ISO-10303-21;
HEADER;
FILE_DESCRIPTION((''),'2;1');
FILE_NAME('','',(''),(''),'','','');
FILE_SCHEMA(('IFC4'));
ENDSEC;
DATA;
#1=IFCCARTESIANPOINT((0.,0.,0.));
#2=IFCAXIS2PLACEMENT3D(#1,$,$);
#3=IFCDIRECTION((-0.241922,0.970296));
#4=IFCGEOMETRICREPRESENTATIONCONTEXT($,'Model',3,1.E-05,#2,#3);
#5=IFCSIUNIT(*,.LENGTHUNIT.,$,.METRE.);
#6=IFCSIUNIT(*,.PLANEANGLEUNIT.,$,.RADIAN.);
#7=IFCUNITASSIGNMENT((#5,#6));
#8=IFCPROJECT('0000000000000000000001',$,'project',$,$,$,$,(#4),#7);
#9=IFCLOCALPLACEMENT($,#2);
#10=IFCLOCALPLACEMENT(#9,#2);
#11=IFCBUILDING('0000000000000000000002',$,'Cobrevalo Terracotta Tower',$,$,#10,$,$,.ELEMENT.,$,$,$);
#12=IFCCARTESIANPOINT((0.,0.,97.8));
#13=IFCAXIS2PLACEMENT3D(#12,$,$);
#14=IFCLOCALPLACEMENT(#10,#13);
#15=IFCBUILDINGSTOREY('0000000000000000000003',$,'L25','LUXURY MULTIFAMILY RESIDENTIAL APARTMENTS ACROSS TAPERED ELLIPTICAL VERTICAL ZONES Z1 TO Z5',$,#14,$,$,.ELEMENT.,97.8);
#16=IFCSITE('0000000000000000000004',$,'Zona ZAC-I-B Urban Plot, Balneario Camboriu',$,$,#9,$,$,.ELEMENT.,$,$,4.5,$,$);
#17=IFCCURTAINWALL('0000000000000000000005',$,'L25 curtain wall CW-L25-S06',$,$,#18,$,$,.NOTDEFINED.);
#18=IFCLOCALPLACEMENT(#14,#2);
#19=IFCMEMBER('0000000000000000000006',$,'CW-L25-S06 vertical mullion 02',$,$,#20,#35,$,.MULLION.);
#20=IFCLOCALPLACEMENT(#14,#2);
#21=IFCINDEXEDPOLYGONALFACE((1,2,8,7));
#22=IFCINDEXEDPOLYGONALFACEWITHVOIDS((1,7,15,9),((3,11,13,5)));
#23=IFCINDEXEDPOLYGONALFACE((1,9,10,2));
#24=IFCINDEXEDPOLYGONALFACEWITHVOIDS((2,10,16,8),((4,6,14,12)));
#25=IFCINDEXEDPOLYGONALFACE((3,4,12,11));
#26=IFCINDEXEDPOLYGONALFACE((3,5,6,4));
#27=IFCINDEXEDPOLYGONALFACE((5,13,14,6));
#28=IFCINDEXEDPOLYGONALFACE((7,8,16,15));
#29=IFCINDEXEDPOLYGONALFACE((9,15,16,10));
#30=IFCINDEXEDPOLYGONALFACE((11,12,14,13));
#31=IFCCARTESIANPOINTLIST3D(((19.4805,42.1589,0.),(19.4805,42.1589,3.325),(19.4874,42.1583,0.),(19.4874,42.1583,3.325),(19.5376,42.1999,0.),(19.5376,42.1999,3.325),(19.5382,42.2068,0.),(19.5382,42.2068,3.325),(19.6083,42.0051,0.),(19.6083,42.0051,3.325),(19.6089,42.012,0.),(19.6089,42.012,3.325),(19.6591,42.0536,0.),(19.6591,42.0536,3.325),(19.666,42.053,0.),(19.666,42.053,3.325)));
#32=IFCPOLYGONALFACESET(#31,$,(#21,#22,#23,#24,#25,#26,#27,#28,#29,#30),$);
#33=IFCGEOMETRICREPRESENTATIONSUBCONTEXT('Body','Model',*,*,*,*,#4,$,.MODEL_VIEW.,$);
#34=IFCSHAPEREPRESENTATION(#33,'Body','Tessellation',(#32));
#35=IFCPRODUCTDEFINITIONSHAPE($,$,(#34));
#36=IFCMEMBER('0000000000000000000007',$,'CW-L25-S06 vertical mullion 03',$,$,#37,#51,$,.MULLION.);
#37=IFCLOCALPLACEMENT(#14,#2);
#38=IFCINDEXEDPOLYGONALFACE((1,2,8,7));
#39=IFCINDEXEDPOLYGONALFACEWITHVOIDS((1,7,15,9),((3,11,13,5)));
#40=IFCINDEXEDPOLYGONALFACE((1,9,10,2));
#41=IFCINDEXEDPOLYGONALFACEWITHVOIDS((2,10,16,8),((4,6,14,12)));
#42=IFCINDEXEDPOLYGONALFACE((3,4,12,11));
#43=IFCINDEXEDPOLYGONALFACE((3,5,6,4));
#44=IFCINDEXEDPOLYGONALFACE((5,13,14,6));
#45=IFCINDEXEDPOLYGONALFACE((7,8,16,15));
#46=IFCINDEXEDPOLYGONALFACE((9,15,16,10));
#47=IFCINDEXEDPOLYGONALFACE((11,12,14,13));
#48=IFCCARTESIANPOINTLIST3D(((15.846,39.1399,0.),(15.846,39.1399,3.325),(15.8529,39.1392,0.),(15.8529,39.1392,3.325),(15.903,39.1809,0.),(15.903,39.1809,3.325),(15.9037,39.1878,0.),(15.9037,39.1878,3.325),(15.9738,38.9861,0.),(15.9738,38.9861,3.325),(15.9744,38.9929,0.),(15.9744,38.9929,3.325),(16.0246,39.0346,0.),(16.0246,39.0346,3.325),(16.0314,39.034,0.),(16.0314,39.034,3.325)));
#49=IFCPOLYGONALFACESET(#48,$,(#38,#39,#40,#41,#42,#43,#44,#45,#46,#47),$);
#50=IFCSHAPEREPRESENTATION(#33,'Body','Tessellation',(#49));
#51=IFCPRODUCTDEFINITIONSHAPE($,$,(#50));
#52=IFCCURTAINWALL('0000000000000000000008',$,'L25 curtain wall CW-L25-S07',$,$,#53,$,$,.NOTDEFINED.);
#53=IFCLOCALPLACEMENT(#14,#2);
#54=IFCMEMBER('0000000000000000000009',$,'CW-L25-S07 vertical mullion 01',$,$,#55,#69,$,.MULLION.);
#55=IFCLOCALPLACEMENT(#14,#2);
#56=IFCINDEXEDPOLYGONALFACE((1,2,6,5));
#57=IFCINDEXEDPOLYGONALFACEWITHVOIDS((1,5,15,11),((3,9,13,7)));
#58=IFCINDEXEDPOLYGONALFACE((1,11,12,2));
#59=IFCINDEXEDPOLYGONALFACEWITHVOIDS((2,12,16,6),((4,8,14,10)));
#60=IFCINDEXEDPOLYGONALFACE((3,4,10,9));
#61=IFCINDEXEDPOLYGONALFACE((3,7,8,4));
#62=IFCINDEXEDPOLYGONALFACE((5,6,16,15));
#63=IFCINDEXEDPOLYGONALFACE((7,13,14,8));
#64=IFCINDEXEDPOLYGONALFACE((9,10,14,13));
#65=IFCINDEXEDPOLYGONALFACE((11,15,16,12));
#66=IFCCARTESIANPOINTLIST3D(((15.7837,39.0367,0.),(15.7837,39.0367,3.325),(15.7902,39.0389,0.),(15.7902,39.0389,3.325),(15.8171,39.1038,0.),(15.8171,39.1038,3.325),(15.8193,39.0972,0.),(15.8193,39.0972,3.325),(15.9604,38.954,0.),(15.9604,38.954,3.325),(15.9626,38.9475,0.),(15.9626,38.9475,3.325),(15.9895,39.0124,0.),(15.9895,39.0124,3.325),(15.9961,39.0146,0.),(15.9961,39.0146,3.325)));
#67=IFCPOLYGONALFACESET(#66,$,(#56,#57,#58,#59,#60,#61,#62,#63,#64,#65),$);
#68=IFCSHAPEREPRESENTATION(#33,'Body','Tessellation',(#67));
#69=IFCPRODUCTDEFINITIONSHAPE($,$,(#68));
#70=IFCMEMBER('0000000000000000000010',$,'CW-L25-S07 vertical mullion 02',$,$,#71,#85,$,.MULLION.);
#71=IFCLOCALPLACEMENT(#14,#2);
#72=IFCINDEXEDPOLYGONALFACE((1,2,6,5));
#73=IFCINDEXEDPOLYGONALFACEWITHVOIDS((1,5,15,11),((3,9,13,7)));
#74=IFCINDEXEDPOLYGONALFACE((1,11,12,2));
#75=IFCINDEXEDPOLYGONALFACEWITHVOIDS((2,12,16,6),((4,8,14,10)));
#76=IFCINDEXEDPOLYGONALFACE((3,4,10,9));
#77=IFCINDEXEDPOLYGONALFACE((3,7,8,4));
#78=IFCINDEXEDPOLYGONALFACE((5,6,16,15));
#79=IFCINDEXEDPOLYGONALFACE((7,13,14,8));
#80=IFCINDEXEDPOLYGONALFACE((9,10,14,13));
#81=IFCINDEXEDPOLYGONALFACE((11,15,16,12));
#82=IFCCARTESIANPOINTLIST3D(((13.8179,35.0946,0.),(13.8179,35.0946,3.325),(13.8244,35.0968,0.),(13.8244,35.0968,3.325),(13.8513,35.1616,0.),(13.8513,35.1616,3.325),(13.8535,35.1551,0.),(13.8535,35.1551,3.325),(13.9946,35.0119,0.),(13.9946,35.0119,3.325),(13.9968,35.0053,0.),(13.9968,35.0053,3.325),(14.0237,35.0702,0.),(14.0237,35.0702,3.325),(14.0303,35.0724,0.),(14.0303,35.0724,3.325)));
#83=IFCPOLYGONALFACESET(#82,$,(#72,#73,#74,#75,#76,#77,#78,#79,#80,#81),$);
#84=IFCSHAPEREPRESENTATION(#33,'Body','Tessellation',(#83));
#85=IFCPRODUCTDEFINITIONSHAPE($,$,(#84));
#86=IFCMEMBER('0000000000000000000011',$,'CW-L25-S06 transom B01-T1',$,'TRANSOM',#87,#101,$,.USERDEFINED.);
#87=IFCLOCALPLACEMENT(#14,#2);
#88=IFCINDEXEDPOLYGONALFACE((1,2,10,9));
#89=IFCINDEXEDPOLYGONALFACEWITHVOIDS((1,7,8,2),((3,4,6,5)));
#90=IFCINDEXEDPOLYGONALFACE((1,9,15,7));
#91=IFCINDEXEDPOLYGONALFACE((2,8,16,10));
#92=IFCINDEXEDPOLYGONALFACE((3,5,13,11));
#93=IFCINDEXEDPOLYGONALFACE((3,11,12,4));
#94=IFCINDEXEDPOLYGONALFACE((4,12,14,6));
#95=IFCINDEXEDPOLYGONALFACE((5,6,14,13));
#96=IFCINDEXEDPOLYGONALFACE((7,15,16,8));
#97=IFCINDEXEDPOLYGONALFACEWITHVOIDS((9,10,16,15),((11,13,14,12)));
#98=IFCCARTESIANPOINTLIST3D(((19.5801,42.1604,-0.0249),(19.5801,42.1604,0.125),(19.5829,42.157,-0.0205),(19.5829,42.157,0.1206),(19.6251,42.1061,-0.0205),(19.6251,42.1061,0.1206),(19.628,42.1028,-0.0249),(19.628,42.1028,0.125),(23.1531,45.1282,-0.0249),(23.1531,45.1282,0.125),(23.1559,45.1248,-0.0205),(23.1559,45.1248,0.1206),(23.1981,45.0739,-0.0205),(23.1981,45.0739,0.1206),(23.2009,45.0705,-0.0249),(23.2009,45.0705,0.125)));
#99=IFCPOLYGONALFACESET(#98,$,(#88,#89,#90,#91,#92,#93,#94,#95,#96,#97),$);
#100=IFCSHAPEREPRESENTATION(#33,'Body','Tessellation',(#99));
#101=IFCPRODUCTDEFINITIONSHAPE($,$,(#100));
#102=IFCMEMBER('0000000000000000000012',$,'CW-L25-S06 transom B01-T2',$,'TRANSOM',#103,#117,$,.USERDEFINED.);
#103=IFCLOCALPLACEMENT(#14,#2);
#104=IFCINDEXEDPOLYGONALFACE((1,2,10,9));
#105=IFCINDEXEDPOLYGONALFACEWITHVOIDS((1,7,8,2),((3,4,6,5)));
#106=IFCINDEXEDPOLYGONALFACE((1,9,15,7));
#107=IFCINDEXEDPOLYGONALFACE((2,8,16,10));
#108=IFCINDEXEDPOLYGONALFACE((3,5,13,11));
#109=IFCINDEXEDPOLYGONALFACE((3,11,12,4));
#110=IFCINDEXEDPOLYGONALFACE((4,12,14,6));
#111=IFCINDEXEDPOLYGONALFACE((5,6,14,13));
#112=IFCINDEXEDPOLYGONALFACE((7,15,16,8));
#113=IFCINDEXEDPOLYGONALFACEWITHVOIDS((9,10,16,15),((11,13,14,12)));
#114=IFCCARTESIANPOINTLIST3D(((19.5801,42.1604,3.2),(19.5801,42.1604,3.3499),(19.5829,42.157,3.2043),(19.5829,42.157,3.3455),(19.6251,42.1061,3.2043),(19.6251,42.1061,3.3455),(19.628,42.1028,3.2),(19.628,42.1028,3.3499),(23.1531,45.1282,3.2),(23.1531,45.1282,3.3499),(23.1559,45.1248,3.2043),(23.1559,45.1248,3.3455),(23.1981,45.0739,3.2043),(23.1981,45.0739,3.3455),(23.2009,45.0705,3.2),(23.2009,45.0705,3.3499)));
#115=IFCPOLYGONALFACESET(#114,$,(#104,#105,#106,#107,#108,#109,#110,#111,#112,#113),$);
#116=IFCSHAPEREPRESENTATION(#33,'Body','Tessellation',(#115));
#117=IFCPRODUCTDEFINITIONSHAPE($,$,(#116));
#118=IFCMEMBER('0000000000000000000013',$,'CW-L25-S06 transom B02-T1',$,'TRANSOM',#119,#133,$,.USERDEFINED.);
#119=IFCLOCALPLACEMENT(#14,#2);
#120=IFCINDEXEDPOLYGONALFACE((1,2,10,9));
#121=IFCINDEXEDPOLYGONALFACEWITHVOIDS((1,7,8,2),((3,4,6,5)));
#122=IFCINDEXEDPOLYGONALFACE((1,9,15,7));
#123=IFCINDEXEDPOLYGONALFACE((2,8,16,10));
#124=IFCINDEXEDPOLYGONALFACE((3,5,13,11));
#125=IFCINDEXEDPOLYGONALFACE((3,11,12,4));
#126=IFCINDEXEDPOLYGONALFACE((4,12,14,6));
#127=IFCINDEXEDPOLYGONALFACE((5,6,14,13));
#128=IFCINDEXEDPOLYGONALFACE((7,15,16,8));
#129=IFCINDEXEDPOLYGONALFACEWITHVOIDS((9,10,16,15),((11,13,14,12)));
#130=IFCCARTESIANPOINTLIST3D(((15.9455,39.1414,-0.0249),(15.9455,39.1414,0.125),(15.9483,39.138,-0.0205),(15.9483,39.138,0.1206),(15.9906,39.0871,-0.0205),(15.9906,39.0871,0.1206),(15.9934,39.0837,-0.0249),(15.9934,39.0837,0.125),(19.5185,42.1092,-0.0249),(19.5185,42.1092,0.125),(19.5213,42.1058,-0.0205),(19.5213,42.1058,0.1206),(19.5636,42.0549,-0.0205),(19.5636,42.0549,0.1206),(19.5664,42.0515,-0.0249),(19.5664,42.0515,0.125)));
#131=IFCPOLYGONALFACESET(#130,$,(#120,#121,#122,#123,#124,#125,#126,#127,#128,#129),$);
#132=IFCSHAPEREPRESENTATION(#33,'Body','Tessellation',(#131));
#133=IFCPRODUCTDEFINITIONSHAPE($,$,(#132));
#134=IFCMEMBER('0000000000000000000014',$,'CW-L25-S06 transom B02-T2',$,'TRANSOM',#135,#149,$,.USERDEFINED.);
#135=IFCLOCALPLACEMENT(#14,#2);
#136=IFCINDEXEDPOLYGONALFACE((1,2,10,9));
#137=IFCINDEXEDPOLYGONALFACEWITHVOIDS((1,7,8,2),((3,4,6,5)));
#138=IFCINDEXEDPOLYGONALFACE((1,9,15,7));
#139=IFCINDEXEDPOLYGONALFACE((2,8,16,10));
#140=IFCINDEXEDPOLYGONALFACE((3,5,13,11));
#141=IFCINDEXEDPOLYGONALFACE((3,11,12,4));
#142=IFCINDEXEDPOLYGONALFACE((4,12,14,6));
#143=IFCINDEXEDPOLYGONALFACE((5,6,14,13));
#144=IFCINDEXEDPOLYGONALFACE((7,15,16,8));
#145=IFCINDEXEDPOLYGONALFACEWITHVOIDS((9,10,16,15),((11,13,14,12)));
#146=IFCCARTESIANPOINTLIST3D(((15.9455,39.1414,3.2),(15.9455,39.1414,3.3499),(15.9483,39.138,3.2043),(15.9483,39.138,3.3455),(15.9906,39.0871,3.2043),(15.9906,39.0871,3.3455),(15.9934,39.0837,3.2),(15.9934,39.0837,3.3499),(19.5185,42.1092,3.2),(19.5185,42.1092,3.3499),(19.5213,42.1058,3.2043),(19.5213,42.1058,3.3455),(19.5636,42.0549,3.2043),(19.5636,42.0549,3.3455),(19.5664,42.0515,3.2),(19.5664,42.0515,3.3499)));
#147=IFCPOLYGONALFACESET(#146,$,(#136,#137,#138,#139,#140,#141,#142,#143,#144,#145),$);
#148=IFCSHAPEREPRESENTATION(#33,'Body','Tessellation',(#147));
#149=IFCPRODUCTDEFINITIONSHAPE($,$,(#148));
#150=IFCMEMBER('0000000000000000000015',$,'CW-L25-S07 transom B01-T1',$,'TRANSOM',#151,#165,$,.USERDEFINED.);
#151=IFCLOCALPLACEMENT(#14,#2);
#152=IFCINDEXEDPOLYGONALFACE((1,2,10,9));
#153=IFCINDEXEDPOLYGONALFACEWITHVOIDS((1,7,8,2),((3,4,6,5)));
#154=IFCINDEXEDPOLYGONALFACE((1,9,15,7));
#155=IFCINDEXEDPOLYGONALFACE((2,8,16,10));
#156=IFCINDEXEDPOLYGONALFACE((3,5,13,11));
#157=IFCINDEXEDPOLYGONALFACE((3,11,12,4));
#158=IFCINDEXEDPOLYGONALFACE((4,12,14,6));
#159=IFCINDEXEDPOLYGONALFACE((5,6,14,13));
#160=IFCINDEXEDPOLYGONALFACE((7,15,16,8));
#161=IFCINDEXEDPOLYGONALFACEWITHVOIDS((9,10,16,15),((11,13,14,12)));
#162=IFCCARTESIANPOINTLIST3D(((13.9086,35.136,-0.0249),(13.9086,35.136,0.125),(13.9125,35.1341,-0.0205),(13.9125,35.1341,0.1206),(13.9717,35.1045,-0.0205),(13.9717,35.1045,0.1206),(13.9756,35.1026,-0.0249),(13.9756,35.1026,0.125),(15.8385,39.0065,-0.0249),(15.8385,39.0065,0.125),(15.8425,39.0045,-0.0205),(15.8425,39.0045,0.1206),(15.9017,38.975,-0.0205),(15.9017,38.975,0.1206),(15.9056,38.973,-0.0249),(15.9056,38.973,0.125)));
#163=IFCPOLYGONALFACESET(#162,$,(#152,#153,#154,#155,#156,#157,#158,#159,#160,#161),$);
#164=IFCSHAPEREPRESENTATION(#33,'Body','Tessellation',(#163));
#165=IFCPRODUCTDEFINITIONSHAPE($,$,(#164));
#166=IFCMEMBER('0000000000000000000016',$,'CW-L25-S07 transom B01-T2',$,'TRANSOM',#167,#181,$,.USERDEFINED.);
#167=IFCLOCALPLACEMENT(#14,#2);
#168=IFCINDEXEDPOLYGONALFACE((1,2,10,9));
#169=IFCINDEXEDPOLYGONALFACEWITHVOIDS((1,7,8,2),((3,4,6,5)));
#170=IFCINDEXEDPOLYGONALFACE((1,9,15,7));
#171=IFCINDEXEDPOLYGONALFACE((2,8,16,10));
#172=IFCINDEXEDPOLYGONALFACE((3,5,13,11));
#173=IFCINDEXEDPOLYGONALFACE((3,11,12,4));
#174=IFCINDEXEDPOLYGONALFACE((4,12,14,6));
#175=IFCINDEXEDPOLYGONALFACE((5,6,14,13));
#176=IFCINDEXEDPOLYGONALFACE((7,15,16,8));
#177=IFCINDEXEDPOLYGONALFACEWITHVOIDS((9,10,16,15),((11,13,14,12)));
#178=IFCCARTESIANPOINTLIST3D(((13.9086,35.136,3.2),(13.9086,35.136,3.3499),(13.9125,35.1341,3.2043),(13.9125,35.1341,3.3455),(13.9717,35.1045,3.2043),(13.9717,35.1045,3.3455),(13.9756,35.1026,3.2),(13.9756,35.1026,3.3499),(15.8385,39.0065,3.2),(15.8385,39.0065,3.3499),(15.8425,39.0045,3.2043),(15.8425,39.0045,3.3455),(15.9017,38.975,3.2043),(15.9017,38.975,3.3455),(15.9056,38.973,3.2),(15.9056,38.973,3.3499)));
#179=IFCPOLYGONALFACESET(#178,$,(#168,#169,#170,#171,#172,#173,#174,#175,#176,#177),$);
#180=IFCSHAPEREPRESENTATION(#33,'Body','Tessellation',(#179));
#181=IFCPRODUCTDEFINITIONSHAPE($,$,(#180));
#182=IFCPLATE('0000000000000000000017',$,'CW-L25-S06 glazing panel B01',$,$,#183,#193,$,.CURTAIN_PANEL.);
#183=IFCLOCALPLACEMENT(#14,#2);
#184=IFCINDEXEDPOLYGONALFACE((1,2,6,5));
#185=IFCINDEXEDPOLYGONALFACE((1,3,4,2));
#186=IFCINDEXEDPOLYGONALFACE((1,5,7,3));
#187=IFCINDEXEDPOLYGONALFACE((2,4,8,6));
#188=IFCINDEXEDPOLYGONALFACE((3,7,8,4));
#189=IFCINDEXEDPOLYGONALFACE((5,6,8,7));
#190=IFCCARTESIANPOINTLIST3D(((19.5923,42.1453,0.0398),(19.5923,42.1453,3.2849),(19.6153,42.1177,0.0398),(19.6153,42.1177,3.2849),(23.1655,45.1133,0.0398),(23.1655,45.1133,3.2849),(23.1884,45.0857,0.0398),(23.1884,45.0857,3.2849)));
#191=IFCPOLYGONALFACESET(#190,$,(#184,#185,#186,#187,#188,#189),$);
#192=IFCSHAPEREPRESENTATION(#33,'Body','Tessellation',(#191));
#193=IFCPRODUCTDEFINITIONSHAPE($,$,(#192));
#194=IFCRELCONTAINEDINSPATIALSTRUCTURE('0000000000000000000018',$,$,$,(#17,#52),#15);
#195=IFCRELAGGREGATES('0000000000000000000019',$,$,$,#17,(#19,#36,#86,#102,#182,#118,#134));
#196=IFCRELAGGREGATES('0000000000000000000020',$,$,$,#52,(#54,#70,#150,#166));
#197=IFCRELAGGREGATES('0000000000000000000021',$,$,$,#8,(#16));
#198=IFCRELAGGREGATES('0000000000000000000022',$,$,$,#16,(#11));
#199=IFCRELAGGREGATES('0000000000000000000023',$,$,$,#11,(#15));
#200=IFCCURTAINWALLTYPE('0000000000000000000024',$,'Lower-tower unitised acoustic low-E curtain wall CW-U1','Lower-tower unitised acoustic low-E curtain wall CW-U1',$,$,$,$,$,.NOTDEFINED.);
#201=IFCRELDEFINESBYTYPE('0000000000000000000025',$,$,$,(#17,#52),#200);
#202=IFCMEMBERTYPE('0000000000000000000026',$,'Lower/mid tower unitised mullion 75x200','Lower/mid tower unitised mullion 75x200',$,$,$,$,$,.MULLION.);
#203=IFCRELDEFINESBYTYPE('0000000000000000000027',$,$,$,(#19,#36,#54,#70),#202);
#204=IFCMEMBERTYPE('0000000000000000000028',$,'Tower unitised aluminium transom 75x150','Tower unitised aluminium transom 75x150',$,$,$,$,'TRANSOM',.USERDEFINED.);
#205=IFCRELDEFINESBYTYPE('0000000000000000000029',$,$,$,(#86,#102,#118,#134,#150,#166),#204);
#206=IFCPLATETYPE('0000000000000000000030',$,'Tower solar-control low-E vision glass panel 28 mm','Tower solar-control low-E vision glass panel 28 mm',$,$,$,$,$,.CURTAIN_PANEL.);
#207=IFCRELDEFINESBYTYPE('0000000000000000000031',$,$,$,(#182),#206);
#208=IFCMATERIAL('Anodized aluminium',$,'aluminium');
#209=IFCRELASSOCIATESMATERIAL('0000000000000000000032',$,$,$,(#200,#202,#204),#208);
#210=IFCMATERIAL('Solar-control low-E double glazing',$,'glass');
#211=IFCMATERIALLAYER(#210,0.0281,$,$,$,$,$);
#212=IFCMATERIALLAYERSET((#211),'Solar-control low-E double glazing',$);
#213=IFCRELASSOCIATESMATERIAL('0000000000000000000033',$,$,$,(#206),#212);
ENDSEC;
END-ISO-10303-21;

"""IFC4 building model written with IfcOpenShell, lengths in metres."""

from ifc_helpers import new_model, si_unit, direction, frame, origin, origin_2d, place, context, subcontext, project, spatial, rectangle, hollow_rectangle, extrude, source, transform, mapped, material, layer, layer_set, material_profile, profile_set, type_object, element, aggregate, save


model = new_model("IFC4")

# Units and contexts
model_context = context("Model", 3, precision=1e-05, world=origin(), true_north=direction((-0.241922, 0.970296)))
body_context = subcontext(model_context, "Body", "Model", "MODEL_VIEW")
ifc_project = project(units=[si_unit("LENGTHUNIT", "METRE"), si_unit("PLANEANGLEUNIT", "RADIAN")], contexts=[model_context])

# Site, building, storey
site_placement = place(None, origin())
site = spatial("IfcSite", under=ifc_project, at=site_placement, Name="Zona ZAC-I-B Urban Plot, Balneario Camboriu", CompositionType="ELEMENT", RefElevation=4.5)
building_placement = place(site_placement, origin())
building = spatial("IfcBuilding", under=site, at=building_placement, Name="Cobrevalo Terracotta Tower", CompositionType="ELEMENT")
storey_placement = place(building_placement, frame((0.0, 0.0, 97.8)))
storey = spatial("IfcBuildingStorey", under=building, at=storey_placement, Name="L25", Description="LUXURY MULTIFAMILY RESIDENTIAL APARTMENTS ACROSS TAPERED ELLIPTICAL VERTICAL ZONES Z1 TO Z5", CompositionType="ELEMENT", Elevation=97.8)

# Shared definitions
ifc_material_1 = material(Name="Anodized aluminium", Category="aluminium")
curtain_wall_type = type_object("IfcCurtainWallType", Name="Lower-tower unitised acoustic low-E curtain wall CW-U1", Description="Lower-tower unitised acoustic low-E curtain wall CW-U1", PredefinedType="NOTDEFINED", material=ifc_material_1)
ifc_material_profile_1 = material_profile(ifc_material_1, hollow_rectangle(XDim=0.075, YDim=0.2, WallThickness=0.0049, at=origin_2d()), Name="CWM 75x200")
ifc_profile_set_1 = profile_set([ifc_material_profile_1], Name="Anodized aluminium")
member_type_1 = type_object("IfcMemberType", Name="Lower/mid tower unitised mullion 75x200", Description="Lower/mid tower unitised mullion 75x200", PredefinedType="MULLION", material=ifc_profile_set_1)
shared_shape_1 = source(origin(), body_context, "Body", "SweptSolid", [
    extrude(hollow_rectangle(XDim=0.075, YDim=0.2, WallThickness=0.0049, at=origin_2d()), origin(), (0.0, 0.0, 1.0), 3.325),
])

# Curtain walls, members
curtain_wall_1_placement = place(storey_placement, origin())
curtain_wall_1 = element("IfcCurtainWall", 1, at=curtain_wall_1_placement, inside=storey, type_object=curtain_wall_type, Name="L25 curtain wall CW-L25-S06", PredefinedType="NOTDEFINED")
member_1_placement = place(storey_placement, frame((19.5732, 42.106, 0.0), z_axis=(0.0, 0.0, 1.0), x_axis=(-0.769243, -0.638956, 0.0)))
member_1 = element("IfcMember", 2, at=member_1_placement, type_object=member_type_1, Name="CW-L25-S06 vertical mullion 02", PredefinedType="MULLION", context=body_context, shape_type="MappedRepresentation", body=[
    mapped(shared_shape_1, transform((0.0, 0.0, 0.0), scale=1.0)),
])
member_2_placement = place(storey_placement, frame((15.9387, 39.0869, 0.0), z_axis=(0.0, 0.0, 1.0), x_axis=(-0.769243, -0.638956, 0.0)))
member_2 = element("IfcMember", 3, at=member_2_placement, type_object=member_type_1, Name="CW-L25-S06 vertical mullion 03", PredefinedType="MULLION", context=body_context, shape_type="MappedRepresentation", body=[
    mapped(shared_shape_1, transform((0.0, 0.0, 0.0), scale=1.0)),
])
curtain_wall_2_placement = place(storey_placement, origin())
curtain_wall_2 = element("IfcCurtainWall", 4, at=curtain_wall_2_placement, inside=storey, type_object=curtain_wall_type, Name="L25 curtain wall CW-L25-S07", PredefinedType="NOTDEFINED")
member_3_placement = place(storey_placement, frame((15.8899, 39.0256, 0.0), z_axis=(0.0, 0.0, 1.0), x_axis=(-0.44626, -0.894903, 0.0)))
member_3 = element("IfcMember", 5, at=member_3_placement, type_object=member_type_1, Name="CW-L25-S07 vertical mullion 01", PredefinedType="MULLION", context=body_context, shape_type="MappedRepresentation", body=[
    mapped(shared_shape_1, transform((0.0, 0.0, 0.0), scale=1.0)),
])
member_4_placement = place(storey_placement, frame((13.9241, 35.0835, 0.0), z_axis=(0.0, 0.0, 1.0), x_axis=(-0.44626, -0.894903, 0.0)))
member_4 = element("IfcMember", 6, at=member_4_placement, type_object=member_type_1, Name="CW-L25-S07 vertical mullion 02", PredefinedType="MULLION", context=body_context, shape_type="MappedRepresentation", body=[
    mapped(shared_shape_1, transform((0.0, 0.0, 0.0), scale=1.0)),
])

# Members
ifc_material_profile_2 = material_profile(ifc_material_1, hollow_rectangle(XDim=0.075, YDim=0.1499, WallThickness=0.0044, at=origin_2d()), Name="CWT 75x150")
ifc_profile_set_2 = profile_set([ifc_material_profile_2], Name="Anodized aluminium")
member_type_2 = type_object("IfcMemberType", Name="Tower unitised aluminium transom 75x150", Description="Tower unitised aluminium transom 75x150", ElementType="TRANSOM", PredefinedType="USERDEFINED", material=ifc_profile_set_2)
shared_shape_2 = source(origin(), body_context, "Body", "SweptSolid", [
    extrude(hollow_rectangle(XDim=0.075, YDim=0.1499, WallThickness=0.0044, at=origin_2d()), origin(), (0.0, 0.0, 1.0), 4.6448),
])
member_5_placement = place(storey_placement, frame((23.177, 45.0994, 0.05), z_axis=(-0.76925, -0.638948, 0.0), x_axis=(0.638948, -0.76925, 0.0)))
member_5 = element("IfcMember", 7, at=member_5_placement, type_object=member_type_2, Name="CW-L25-S06 transom B01-T1", ObjectType="TRANSOM", PredefinedType="USERDEFINED", context=body_context, shape_type="MappedRepresentation", body=[
    mapped(shared_shape_2, transform((0.0, 0.0, 0.0), scale=1.0)),
])
member_6_placement = place(storey_placement, frame((23.177, 45.0994, 3.2749), z_axis=(-0.76925, -0.638948, 0.0), x_axis=(0.638948, -0.76925, 0.0)))
member_6 = element("IfcMember", 8, at=member_6_placement, type_object=member_type_2, Name="CW-L25-S06 transom B01-T2", ObjectType="TRANSOM", PredefinedType="USERDEFINED", context=body_context, shape_type="MappedRepresentation", body=[
    mapped(shared_shape_2, transform((0.0, 0.0, 0.0), scale=1.0)),
])
member_7_placement = place(storey_placement, frame((19.5425, 42.0803, 0.05), z_axis=(-0.76925, -0.638948, 0.0), x_axis=(0.638948, -0.76925, 0.0)))
member_7 = element("IfcMember", 9, at=member_7_placement, type_object=member_type_2, Name="CW-L25-S06 transom B02-T1", ObjectType="TRANSOM", PredefinedType="USERDEFINED", context=body_context, shape_type="MappedRepresentation", body=[
    mapped(shared_shape_2, transform((0.0, 0.0, 0.0), scale=1.0)),
])
member_8_placement = place(storey_placement, frame((19.5425, 42.0803, 3.2749), z_axis=(-0.76925, -0.638948, 0.0), x_axis=(0.638948, -0.76925, 0.0)))
member_8 = element("IfcMember", 10, at=member_8_placement, type_object=member_type_2, Name="CW-L25-S06 transom B02-T2", ObjectType="TRANSOM", PredefinedType="USERDEFINED", context=body_context, shape_type="MappedRepresentation", body=[
    mapped(shared_shape_2, transform((0.0, 0.0, 0.0), scale=1.0)),
])
shared_shape_3 = source(origin(), body_context, "Body", "SweptSolid", [
    extrude(hollow_rectangle(XDim=0.075, YDim=0.1499, WallThickness=0.0044, at=origin_2d()), origin(), (0.0, 0.0, 1.0), 4.325),
])
member_9_placement = place(storey_placement, frame((15.8721, 38.9897, 0.05), z_axis=(-0.446242, -0.894912, 0.0), x_axis=(0.894912, -0.446242, 0.0)))
member_9 = element("IfcMember", 11, at=member_9_placement, type_object=member_type_2, Name="CW-L25-S07 transom B01-T1", ObjectType="TRANSOM", PredefinedType="USERDEFINED", context=body_context, shape_type="MappedRepresentation", body=[
    mapped(shared_shape_3, transform((0.0, 0.0, 0.0), scale=1.0)),
])
member_10_placement = place(storey_placement, frame((15.8721, 38.9897, 3.2749), z_axis=(-0.446242, -0.894912, 0.0), x_axis=(0.894912, -0.446242, 0.0)))
member_10 = element("IfcMember", 12, at=member_10_placement, type_object=member_type_2, Name="CW-L25-S07 transom B01-T2", ObjectType="TRANSOM", PredefinedType="USERDEFINED", context=body_context, shape_type="MappedRepresentation", body=[
    mapped(shared_shape_3, transform((0.0, 0.0, 0.0), scale=1.0)),
])

# Plate
ifc_material_2 = material(Name="Solar-control low-E double glazing", Category="glass")
ifc_layer_1 = layer(ifc_material_2, 0.0281)
ifc_layer_set_1 = layer_set([ifc_layer_1], Name="Solar-control low-E double glazing")
plate_type = type_object("IfcPlateType", Name="Tower solar-control low-E vision glass panel 28 mm", Description="Tower solar-control low-E vision glass panel 28 mm", PredefinedType="CURTAIN_PANEL", material=ifc_layer_set_1)
shared_shape_4 = source(origin(), body_context, "Body", "SweptSolid", [
    extrude(rectangle(XDim=4.645, YDim=0.0359, at=origin_2d()), origin(), (0.0, 0.0, 1.0), 3.2451),
])
plate_1_placement = place(storey_placement, frame((21.3904, 43.6155, 0.0398), z_axis=(0.0, 0.0, 1.0), x_axis=(-0.769241, -0.638958, 0.0)))
plate_1 = element("IfcPlate", 13, at=plate_1_placement, type_object=plate_type, Name="CW-L25-S06 glazing panel B01", PredefinedType="CURTAIN_PANEL", context=body_context, shape_type="MappedRepresentation", body=[
    mapped(shared_shape_4, transform((0.0, 0.0, 0.0), scale=1.0)),
])
aggregate(curtain_wall_1, [member_1, member_2, member_5, member_6, plate_1, member_7, member_8])
aggregate(curtain_wall_2, [member_3, member_4, member_9, member_10])

save(model, "model.ifc")
